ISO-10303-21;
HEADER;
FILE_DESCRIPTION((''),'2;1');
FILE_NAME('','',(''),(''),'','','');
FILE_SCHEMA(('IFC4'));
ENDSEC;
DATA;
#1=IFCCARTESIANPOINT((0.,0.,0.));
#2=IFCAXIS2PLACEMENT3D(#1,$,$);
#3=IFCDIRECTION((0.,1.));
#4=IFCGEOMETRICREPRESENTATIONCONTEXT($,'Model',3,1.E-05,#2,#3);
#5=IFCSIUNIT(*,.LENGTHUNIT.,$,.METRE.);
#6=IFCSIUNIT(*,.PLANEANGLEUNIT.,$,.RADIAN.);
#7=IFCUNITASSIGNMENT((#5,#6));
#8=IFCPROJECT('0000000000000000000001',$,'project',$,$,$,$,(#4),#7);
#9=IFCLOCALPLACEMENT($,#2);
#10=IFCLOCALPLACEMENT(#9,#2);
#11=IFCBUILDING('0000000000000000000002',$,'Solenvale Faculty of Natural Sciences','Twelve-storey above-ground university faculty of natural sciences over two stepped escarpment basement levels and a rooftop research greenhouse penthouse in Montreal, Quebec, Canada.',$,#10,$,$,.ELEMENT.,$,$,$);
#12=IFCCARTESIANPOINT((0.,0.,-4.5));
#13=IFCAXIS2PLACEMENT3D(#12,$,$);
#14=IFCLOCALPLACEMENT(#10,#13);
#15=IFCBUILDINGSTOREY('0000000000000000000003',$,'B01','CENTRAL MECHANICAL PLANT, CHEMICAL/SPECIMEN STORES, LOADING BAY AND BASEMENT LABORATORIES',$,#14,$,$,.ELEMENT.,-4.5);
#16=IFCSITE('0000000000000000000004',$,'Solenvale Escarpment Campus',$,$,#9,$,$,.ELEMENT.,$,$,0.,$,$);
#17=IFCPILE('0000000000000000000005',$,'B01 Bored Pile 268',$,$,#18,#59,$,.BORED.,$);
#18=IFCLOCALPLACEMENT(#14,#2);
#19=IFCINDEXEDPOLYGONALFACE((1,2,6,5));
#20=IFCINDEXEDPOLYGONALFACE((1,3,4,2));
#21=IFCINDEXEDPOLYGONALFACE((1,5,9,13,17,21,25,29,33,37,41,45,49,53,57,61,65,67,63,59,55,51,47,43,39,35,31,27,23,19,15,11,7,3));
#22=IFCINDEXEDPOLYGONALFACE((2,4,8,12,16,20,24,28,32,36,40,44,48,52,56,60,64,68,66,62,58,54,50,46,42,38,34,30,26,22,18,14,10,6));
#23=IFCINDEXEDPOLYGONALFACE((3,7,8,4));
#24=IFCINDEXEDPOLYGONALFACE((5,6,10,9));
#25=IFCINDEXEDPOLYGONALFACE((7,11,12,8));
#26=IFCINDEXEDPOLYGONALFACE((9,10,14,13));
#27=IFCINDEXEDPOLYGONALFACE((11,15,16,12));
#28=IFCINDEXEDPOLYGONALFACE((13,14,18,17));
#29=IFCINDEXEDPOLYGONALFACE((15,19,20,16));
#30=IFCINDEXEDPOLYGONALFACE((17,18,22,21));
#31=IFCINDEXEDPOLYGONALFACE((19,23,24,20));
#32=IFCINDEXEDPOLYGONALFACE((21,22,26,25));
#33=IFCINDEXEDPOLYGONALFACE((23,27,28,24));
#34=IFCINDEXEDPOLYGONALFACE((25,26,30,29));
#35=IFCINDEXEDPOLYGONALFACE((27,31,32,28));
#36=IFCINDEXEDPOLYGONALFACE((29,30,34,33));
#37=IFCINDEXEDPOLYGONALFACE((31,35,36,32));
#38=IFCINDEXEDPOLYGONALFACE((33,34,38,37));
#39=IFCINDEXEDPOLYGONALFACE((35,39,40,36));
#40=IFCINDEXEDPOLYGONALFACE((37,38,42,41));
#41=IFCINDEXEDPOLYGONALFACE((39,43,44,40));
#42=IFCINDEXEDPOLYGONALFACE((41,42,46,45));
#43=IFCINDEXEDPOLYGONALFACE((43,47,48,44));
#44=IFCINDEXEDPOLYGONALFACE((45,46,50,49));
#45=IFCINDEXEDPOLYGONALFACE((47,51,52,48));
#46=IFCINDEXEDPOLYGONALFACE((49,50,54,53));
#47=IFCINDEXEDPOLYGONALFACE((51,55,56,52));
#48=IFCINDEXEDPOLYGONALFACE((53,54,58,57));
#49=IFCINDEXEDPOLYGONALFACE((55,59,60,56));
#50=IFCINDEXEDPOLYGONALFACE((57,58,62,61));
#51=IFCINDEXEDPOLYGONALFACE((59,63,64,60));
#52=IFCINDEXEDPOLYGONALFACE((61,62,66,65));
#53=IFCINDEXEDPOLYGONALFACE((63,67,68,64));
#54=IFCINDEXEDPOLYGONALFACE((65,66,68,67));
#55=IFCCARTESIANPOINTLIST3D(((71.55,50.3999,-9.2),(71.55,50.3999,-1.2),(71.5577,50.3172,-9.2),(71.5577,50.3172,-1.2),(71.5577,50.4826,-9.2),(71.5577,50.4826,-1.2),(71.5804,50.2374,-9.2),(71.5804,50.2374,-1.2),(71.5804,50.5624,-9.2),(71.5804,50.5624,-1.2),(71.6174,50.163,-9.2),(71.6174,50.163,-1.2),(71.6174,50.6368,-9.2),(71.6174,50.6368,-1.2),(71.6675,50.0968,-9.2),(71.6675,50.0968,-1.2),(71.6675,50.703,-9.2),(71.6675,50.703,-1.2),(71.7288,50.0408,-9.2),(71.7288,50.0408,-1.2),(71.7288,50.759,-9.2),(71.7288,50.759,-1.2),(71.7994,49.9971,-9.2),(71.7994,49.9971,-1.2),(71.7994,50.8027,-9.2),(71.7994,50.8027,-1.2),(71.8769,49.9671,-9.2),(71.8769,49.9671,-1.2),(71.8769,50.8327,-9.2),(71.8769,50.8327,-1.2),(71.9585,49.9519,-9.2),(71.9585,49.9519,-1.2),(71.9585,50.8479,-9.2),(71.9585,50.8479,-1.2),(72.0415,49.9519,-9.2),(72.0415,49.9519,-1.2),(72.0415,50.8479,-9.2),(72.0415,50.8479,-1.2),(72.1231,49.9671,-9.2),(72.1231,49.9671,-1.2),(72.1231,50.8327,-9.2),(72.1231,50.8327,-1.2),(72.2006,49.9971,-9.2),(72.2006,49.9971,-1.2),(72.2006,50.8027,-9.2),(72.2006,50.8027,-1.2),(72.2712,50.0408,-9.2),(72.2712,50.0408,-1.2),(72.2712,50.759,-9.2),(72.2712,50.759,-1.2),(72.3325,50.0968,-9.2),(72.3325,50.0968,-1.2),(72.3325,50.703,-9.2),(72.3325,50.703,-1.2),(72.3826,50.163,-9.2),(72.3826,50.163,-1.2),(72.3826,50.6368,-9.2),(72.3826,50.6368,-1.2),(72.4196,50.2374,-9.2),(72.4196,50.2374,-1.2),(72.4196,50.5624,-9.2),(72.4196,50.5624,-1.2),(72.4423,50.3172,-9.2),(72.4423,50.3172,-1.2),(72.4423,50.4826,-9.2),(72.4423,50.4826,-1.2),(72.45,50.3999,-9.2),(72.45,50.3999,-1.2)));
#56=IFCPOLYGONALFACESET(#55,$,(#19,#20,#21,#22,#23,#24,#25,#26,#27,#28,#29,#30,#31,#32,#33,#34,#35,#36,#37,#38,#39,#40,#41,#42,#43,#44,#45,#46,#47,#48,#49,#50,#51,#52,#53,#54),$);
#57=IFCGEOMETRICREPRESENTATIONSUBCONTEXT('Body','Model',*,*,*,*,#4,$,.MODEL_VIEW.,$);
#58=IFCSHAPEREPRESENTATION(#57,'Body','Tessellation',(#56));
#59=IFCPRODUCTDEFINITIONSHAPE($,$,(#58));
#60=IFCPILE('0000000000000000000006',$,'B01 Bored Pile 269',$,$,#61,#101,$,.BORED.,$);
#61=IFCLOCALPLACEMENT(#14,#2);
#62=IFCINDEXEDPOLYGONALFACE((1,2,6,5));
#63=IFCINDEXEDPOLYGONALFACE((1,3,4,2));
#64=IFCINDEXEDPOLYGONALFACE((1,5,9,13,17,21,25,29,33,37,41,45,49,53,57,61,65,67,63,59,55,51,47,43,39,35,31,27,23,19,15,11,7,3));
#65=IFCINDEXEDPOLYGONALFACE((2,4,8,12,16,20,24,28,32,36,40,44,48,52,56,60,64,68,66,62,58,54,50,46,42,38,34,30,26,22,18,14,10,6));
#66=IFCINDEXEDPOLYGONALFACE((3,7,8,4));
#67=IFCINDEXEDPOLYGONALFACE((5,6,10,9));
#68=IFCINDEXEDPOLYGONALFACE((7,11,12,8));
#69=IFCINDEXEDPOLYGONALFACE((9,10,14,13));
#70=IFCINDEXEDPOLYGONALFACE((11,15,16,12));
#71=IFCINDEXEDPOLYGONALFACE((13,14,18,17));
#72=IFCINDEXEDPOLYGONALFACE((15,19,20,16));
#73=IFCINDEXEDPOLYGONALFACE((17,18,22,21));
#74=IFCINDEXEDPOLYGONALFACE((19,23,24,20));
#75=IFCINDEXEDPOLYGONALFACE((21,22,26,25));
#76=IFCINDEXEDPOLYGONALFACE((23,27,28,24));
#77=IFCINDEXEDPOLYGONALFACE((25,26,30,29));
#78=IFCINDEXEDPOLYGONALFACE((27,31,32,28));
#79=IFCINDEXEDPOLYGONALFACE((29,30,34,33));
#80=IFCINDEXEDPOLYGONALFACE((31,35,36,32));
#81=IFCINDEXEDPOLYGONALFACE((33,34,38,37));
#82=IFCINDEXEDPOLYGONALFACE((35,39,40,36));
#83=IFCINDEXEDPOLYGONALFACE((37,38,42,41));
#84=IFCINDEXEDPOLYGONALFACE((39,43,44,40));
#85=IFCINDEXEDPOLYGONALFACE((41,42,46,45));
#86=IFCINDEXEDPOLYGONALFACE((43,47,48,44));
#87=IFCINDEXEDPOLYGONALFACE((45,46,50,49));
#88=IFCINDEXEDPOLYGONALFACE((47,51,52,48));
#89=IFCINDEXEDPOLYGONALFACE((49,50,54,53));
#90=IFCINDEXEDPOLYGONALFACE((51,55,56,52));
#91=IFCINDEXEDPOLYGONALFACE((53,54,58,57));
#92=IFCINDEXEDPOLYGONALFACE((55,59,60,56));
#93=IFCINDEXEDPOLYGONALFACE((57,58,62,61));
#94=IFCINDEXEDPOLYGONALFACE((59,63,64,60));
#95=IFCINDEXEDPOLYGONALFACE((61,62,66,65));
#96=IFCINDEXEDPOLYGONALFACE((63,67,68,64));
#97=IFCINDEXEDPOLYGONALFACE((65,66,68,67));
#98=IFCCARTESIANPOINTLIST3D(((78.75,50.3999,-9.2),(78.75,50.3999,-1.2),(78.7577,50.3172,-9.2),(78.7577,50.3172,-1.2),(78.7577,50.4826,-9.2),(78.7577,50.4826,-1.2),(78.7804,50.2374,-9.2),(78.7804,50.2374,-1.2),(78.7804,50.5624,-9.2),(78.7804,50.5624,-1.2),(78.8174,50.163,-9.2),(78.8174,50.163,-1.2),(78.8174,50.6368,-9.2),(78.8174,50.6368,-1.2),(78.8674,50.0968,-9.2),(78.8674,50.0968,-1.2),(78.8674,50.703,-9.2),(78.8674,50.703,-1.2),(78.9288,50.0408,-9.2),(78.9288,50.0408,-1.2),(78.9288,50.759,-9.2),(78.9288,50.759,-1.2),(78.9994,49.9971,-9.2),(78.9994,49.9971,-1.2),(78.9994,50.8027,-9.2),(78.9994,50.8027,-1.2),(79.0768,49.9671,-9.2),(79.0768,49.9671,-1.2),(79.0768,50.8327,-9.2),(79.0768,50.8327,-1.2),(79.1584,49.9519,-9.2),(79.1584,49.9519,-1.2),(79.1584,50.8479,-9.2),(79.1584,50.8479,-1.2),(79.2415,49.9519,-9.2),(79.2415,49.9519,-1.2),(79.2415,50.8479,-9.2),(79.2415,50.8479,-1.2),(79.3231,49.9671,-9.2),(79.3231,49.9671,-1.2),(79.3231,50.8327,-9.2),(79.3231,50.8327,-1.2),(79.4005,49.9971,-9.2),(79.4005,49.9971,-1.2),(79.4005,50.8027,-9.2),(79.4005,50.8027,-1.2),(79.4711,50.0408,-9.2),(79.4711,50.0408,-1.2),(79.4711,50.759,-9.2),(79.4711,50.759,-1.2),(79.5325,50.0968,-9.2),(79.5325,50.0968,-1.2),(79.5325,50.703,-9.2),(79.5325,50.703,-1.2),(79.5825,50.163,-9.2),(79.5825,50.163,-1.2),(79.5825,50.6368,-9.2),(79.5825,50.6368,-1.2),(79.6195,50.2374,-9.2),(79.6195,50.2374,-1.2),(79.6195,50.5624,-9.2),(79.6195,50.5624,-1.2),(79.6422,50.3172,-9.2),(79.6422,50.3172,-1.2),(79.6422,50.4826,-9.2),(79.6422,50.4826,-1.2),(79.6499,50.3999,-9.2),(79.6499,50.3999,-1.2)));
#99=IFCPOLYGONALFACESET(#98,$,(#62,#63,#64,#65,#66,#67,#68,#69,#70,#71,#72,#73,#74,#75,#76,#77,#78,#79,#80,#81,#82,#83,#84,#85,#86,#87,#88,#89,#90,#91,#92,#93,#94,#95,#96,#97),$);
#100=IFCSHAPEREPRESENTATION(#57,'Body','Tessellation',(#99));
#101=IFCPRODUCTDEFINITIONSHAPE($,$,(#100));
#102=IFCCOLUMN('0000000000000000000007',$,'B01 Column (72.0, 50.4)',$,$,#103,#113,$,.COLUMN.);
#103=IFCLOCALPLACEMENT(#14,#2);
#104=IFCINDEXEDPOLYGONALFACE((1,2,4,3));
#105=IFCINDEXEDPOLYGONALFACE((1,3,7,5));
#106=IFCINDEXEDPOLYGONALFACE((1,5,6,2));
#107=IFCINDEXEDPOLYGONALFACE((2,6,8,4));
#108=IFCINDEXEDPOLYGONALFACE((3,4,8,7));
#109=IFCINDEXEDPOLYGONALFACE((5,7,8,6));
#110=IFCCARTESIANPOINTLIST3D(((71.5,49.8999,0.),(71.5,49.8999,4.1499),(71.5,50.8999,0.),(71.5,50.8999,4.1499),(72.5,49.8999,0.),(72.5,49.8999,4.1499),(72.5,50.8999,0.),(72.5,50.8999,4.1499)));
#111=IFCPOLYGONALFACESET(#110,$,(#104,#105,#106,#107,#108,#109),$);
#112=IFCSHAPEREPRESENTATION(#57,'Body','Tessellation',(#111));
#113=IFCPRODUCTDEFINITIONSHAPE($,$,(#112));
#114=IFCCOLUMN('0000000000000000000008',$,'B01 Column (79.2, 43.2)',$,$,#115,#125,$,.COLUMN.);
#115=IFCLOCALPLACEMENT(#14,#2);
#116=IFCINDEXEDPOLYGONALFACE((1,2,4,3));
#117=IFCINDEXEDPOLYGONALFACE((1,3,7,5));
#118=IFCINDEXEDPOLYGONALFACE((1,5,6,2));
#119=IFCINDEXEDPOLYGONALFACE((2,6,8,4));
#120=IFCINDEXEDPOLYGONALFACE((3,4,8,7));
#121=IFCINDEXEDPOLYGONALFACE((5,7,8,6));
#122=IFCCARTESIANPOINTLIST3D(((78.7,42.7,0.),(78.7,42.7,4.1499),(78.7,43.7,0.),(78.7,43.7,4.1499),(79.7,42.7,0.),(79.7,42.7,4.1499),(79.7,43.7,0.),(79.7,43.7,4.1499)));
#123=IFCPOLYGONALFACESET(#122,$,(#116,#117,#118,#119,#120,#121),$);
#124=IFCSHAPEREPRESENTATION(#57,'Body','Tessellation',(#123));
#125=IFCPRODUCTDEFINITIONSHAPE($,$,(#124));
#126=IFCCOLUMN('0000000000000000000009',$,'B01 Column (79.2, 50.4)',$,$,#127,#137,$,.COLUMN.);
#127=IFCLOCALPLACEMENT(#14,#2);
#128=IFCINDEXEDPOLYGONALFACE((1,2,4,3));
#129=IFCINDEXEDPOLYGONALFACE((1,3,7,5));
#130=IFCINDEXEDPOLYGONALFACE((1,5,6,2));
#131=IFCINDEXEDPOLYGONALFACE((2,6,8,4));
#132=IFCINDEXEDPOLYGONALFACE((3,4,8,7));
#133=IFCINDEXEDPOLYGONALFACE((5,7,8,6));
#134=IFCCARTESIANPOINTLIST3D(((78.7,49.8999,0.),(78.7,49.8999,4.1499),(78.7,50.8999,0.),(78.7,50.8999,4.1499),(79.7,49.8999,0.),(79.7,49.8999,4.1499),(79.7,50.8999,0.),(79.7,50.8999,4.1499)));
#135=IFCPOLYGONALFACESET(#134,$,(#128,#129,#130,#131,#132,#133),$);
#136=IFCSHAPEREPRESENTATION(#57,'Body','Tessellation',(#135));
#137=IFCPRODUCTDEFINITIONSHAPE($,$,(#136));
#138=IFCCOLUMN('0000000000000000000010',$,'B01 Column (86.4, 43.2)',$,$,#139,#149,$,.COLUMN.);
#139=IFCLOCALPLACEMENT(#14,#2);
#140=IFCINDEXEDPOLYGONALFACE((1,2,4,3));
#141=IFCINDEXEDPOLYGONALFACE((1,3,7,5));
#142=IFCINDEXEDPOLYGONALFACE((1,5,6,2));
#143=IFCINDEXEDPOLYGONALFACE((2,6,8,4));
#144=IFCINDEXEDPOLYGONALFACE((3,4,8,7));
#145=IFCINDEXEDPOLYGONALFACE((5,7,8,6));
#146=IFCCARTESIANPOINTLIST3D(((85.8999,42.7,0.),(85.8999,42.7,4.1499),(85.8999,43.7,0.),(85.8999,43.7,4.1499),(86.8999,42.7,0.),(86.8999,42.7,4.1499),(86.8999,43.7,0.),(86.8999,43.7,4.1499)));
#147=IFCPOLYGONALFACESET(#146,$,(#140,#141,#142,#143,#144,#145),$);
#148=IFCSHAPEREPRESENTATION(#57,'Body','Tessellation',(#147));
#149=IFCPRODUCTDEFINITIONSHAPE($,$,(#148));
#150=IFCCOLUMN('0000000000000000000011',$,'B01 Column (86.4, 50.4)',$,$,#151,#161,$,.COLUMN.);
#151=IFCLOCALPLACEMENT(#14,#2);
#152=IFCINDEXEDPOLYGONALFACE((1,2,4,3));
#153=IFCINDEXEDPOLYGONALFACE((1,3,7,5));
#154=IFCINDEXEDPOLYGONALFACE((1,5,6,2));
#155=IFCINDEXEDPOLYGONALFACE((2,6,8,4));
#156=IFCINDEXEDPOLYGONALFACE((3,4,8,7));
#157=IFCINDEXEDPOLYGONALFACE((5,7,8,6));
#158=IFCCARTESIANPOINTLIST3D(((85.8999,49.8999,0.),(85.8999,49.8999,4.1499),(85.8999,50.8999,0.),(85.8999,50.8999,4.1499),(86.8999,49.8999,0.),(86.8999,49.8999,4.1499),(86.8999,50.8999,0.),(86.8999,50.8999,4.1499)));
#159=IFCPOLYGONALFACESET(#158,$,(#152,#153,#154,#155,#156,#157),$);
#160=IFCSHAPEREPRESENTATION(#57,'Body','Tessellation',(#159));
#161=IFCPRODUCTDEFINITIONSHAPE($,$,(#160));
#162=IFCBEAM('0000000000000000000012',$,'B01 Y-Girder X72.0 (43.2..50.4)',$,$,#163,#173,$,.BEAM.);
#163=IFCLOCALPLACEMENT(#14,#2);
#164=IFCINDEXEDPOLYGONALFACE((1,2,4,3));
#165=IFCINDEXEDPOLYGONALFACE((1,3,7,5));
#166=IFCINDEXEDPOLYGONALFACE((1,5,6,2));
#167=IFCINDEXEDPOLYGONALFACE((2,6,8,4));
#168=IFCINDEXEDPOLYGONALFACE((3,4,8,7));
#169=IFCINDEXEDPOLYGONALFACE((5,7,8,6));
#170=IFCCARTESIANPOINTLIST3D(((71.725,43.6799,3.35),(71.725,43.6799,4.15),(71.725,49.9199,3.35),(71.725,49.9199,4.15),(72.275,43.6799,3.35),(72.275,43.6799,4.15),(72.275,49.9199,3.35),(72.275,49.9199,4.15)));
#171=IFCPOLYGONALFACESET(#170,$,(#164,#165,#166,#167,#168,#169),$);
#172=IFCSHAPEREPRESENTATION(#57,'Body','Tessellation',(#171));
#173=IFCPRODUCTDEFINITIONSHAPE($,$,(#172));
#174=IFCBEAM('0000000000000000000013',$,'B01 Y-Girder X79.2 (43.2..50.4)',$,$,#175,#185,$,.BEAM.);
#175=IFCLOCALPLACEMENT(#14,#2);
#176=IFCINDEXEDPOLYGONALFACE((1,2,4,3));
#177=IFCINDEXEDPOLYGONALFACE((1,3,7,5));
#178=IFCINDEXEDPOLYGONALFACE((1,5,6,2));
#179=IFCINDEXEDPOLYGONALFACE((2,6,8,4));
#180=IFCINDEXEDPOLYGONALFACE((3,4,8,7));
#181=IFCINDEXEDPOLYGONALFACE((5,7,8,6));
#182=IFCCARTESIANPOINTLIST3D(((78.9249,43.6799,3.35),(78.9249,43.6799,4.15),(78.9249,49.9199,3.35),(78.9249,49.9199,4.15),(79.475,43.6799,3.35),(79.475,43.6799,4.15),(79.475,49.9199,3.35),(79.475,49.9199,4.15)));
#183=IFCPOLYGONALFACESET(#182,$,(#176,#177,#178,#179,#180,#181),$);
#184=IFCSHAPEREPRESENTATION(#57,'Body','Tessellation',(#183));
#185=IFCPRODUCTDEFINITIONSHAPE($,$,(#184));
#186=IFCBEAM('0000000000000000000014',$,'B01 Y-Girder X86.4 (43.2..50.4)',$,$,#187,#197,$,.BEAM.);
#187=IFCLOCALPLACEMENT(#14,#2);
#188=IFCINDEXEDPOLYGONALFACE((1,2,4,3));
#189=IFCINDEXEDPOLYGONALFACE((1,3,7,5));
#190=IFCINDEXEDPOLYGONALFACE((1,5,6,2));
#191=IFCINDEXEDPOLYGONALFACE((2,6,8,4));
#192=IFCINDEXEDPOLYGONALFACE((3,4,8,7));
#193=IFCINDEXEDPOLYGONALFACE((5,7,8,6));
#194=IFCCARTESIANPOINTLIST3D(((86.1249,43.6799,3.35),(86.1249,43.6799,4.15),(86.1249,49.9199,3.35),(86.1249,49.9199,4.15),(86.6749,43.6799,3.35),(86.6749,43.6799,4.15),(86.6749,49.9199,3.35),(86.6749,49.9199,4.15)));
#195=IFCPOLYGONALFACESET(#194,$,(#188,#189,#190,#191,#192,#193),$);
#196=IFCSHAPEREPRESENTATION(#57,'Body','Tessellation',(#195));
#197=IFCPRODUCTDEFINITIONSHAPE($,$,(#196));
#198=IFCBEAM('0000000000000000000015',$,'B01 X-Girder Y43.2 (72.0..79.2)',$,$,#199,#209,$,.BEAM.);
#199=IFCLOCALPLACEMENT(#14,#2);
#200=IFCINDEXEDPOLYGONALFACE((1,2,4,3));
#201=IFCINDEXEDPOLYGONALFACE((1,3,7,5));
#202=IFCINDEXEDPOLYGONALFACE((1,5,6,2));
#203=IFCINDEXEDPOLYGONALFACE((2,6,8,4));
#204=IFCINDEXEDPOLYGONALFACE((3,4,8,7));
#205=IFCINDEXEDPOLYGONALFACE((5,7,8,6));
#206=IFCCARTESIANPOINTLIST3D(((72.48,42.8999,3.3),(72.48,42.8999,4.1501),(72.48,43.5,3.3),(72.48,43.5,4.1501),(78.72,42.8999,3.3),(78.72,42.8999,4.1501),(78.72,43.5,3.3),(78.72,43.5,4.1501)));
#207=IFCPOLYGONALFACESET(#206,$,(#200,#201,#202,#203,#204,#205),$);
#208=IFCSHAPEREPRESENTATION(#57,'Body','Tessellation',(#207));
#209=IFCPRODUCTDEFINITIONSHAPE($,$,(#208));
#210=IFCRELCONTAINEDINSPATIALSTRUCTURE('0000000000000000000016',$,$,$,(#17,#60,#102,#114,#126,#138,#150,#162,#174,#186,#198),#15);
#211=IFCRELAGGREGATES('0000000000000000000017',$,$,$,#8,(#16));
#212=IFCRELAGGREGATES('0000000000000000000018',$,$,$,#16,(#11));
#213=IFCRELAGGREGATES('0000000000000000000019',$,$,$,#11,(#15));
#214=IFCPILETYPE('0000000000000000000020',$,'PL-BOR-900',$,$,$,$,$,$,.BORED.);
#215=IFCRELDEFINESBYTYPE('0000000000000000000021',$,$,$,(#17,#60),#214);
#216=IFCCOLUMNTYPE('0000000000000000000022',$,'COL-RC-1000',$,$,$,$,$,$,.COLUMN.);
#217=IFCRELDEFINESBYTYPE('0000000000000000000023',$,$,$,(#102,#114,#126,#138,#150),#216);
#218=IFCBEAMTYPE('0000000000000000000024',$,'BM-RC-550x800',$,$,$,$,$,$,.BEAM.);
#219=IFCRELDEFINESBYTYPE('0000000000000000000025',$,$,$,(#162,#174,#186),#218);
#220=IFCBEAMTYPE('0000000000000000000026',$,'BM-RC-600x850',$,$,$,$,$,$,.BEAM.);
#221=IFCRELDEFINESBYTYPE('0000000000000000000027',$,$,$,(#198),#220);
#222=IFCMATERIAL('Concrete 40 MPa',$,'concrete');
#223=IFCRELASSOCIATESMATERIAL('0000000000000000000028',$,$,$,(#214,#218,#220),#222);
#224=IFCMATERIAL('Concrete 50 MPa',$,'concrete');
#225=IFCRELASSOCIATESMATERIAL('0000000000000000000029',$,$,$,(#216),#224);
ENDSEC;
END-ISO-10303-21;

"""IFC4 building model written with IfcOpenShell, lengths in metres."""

from ifc_helpers import new_model, si_unit, direction, frame, origin, origin_2d, place, context, subcontext, project, spatial, rectangle, circle, extrude, material, material_profile, profile_set, type_object, element, save


model = new_model("IFC4")

# Units and contexts
model_context = context("Model", 3, precision=1e-05, world=origin(), true_north=direction((0.0, 1.0)))
body_context = subcontext(model_context, "Body", "Model", "MODEL_VIEW")
ifc_project = project(units=[si_unit("LENGTHUNIT", "METRE"), si_unit("PLANEANGLEUNIT", "RADIAN")], contexts=[model_context])

# Site, building, storey
site_placement = place(None, origin())
site = spatial("IfcSite", under=ifc_project, at=site_placement, Name="Solenvale Escarpment Campus", CompositionType="ELEMENT", RefElevation=0.0)
building_placement = place(site_placement, origin())
building = spatial("IfcBuilding", under=site, at=building_placement, Name="Solenvale Faculty of Natural Sciences", Description="Twelve-storey above-ground university faculty of natural sciences over two stepped escarpment basement levels and a rooftop research greenhouse penthouse in Montreal, Quebec, Canada.", CompositionType="ELEMENT")
storey_placement = place(building_placement, frame((0.0, 0.0, -4.5)))
storey = spatial("IfcBuildingStorey", under=building, at=storey_placement, Name="B01", Description="CENTRAL MECHANICAL PLANT, CHEMICAL/SPECIMEN STORES, LOADING BAY AND BASEMENT LABORATORIES", CompositionType="ELEMENT", Elevation=-4.5)

# Shared definitions
ifc_material_1 = material(Name="Concrete 40 MPa", Category="concrete")

# Piles
ifc_material_profile_1 = material_profile(ifc_material_1, circle(Radius=0.45, at=origin_2d()), Name="PILE-D900")
ifc_profile_set_1 = profile_set([ifc_material_profile_1], Name="Concrete 40 MPa")
pile_type = type_object("IfcPileType", Name="PL-BOR-900", PredefinedType="BORED", material=ifc_profile_set_1)
for number, where, z_axis, x_axis, name in (
    (1, (72.0, 50.3999, -1.2), (0.0, 0.0, -1.0), (1.0, 0.0, 0.0), "B01 Bored Pile 268"),
    (2, (79.2, 50.3999, -1.2), (0.0, 0.0, -1.0), (1.0, 0.0, 0.0), "B01 Bored Pile 269"),
):
    element("IfcPile", number, at=place(storey_placement, frame(where, z_axis=z_axis, x_axis=x_axis)), inside=storey, type_object=pile_type, Name=name, PredefinedType="BORED", context=body_context, shape_type="SweptSolid", body=[
        extrude(circle(Radius=0.45, at=origin_2d()), origin(), (0.0, 0.0, 1.0), 8.0),
    ])

# Columns
ifc_material_2 = material(Name="Concrete 50 MPa", Category="concrete")
ifc_material_profile_2 = material_profile(ifc_material_2, rectangle(XDim=1.0, YDim=1.0, at=origin_2d()), Name="RC-COL-1000x1000")
ifc_profile_set_2 = profile_set([ifc_material_profile_2], Name="Concrete 50 MPa")
column_type = type_object("IfcColumnType", Name="COL-RC-1000", PredefinedType="COLUMN", material=ifc_profile_set_2)
for number, where, z_axis, x_axis, name in (
    (3, (72.0, 50.3999, 0.0), (0.0, 0.0, 1.0), (1.0, 0.0, 0.0), "B01 Column (72.0, 50.4)"),
    (4, (79.2, 43.2, 0.0), (0.0, 0.0, 1.0), (1.0, 0.0, 0.0), "B01 Column (79.2, 43.2)"),
    (5, (79.2, 50.3999, 0.0), (0.0, 0.0, 1.0), (1.0, 0.0, 0.0), "B01 Column (79.2, 50.4)"),
    (6, (86.3999, 43.2, 0.0), (0.0, 0.0, 1.0), (1.0, 0.0, 0.0), "B01 Column (86.4, 43.2)"),
    (7, (86.3999, 50.3999, 0.0), (0.0, 0.0, 1.0), (1.0, 0.0, 0.0), "B01 Column (86.4, 50.4)"),
):
    element("IfcColumn", number, at=place(storey_placement, frame(where, z_axis=z_axis, x_axis=x_axis)), inside=storey, type_object=column_type, Name=name, PredefinedType="COLUMN", context=body_context, shape_type="SweptSolid", body=[
        extrude(rectangle(XDim=1.0, YDim=1.0, at=origin_2d()), origin(), (0.0, 0.0, 1.0), 4.1499),
    ])

# Beams
ifc_material_profile_3 = material_profile(ifc_material_1, rectangle(XDim=0.55, YDim=0.8, at=origin_2d()), Name="RC-BM-550x800")
ifc_profile_set_3 = profile_set([ifc_material_profile_3], Name="Concrete 40 MPa")
beam_type_1 = type_object("IfcBeamType", Name="BM-RC-550x800", PredefinedType="BEAM", material=ifc_profile_set_3)
for number, where, z_axis, x_axis, name in (
    (8, (72.0, 43.6799, 3.75), (0.0, 1.0, 0.0), (-1.0, 0.0, 0.0), "B01 Y-Girder X72.0 (43.2..50.4)"),
    (9, (79.2, 43.6799, 3.75), (0.0, 1.0, 0.0), (-1.0, 0.0, 0.0), "B01 Y-Girder X79.2 (43.2..50.4)"),
    (10, (86.3999, 43.6799, 3.75), (0.0, 1.0, 0.0), (-1.0, 0.0, 0.0), "B01 Y-Girder X86.4 (43.2..50.4)"),
):
    element("IfcBeam", number, at=place(storey_placement, frame(where, z_axis=z_axis, x_axis=x_axis)), inside=storey, type_object=beam_type_1, Name=name, PredefinedType="BEAM", context=body_context, shape_type="SweptSolid", body=[
        extrude(rectangle(XDim=0.55, YDim=0.8, at=origin_2d()), origin(), (0.0, 0.0, 1.0), 6.24),
    ])
ifc_material_profile_4 = material_profile(ifc_material_1, rectangle(XDim=0.6001, YDim=0.8501, at=origin_2d()), Name="RC-BM-600x850")
ifc_profile_set_4 = profile_set([ifc_material_profile_4], Name="Concrete 40 MPa")
beam_type_2 = type_object("IfcBeamType", Name="BM-RC-600x850", PredefinedType="BEAM", material=ifc_profile_set_4)
for number, where, z_axis, x_axis, name in (
    (11, (72.48, 43.2, 3.7251), (1.0, 0.0, 0.0), (0.0, 1.0, 0.0), "B01 X-Girder Y43.2 (72.0..79.2)"),
):
    element("IfcBeam", number, at=place(storey_placement, frame(where, z_axis=z_axis, x_axis=x_axis)), inside=storey, type_object=beam_type_2, Name=name, PredefinedType="BEAM", context=body_context, shape_type="SweptSolid", body=[
        extrude(rectangle(XDim=0.6001, YDim=0.8501, at=origin_2d()), origin(), (0.0, 0.0, 1.0), 6.24),
    ])

save(model, "model.ifc")
